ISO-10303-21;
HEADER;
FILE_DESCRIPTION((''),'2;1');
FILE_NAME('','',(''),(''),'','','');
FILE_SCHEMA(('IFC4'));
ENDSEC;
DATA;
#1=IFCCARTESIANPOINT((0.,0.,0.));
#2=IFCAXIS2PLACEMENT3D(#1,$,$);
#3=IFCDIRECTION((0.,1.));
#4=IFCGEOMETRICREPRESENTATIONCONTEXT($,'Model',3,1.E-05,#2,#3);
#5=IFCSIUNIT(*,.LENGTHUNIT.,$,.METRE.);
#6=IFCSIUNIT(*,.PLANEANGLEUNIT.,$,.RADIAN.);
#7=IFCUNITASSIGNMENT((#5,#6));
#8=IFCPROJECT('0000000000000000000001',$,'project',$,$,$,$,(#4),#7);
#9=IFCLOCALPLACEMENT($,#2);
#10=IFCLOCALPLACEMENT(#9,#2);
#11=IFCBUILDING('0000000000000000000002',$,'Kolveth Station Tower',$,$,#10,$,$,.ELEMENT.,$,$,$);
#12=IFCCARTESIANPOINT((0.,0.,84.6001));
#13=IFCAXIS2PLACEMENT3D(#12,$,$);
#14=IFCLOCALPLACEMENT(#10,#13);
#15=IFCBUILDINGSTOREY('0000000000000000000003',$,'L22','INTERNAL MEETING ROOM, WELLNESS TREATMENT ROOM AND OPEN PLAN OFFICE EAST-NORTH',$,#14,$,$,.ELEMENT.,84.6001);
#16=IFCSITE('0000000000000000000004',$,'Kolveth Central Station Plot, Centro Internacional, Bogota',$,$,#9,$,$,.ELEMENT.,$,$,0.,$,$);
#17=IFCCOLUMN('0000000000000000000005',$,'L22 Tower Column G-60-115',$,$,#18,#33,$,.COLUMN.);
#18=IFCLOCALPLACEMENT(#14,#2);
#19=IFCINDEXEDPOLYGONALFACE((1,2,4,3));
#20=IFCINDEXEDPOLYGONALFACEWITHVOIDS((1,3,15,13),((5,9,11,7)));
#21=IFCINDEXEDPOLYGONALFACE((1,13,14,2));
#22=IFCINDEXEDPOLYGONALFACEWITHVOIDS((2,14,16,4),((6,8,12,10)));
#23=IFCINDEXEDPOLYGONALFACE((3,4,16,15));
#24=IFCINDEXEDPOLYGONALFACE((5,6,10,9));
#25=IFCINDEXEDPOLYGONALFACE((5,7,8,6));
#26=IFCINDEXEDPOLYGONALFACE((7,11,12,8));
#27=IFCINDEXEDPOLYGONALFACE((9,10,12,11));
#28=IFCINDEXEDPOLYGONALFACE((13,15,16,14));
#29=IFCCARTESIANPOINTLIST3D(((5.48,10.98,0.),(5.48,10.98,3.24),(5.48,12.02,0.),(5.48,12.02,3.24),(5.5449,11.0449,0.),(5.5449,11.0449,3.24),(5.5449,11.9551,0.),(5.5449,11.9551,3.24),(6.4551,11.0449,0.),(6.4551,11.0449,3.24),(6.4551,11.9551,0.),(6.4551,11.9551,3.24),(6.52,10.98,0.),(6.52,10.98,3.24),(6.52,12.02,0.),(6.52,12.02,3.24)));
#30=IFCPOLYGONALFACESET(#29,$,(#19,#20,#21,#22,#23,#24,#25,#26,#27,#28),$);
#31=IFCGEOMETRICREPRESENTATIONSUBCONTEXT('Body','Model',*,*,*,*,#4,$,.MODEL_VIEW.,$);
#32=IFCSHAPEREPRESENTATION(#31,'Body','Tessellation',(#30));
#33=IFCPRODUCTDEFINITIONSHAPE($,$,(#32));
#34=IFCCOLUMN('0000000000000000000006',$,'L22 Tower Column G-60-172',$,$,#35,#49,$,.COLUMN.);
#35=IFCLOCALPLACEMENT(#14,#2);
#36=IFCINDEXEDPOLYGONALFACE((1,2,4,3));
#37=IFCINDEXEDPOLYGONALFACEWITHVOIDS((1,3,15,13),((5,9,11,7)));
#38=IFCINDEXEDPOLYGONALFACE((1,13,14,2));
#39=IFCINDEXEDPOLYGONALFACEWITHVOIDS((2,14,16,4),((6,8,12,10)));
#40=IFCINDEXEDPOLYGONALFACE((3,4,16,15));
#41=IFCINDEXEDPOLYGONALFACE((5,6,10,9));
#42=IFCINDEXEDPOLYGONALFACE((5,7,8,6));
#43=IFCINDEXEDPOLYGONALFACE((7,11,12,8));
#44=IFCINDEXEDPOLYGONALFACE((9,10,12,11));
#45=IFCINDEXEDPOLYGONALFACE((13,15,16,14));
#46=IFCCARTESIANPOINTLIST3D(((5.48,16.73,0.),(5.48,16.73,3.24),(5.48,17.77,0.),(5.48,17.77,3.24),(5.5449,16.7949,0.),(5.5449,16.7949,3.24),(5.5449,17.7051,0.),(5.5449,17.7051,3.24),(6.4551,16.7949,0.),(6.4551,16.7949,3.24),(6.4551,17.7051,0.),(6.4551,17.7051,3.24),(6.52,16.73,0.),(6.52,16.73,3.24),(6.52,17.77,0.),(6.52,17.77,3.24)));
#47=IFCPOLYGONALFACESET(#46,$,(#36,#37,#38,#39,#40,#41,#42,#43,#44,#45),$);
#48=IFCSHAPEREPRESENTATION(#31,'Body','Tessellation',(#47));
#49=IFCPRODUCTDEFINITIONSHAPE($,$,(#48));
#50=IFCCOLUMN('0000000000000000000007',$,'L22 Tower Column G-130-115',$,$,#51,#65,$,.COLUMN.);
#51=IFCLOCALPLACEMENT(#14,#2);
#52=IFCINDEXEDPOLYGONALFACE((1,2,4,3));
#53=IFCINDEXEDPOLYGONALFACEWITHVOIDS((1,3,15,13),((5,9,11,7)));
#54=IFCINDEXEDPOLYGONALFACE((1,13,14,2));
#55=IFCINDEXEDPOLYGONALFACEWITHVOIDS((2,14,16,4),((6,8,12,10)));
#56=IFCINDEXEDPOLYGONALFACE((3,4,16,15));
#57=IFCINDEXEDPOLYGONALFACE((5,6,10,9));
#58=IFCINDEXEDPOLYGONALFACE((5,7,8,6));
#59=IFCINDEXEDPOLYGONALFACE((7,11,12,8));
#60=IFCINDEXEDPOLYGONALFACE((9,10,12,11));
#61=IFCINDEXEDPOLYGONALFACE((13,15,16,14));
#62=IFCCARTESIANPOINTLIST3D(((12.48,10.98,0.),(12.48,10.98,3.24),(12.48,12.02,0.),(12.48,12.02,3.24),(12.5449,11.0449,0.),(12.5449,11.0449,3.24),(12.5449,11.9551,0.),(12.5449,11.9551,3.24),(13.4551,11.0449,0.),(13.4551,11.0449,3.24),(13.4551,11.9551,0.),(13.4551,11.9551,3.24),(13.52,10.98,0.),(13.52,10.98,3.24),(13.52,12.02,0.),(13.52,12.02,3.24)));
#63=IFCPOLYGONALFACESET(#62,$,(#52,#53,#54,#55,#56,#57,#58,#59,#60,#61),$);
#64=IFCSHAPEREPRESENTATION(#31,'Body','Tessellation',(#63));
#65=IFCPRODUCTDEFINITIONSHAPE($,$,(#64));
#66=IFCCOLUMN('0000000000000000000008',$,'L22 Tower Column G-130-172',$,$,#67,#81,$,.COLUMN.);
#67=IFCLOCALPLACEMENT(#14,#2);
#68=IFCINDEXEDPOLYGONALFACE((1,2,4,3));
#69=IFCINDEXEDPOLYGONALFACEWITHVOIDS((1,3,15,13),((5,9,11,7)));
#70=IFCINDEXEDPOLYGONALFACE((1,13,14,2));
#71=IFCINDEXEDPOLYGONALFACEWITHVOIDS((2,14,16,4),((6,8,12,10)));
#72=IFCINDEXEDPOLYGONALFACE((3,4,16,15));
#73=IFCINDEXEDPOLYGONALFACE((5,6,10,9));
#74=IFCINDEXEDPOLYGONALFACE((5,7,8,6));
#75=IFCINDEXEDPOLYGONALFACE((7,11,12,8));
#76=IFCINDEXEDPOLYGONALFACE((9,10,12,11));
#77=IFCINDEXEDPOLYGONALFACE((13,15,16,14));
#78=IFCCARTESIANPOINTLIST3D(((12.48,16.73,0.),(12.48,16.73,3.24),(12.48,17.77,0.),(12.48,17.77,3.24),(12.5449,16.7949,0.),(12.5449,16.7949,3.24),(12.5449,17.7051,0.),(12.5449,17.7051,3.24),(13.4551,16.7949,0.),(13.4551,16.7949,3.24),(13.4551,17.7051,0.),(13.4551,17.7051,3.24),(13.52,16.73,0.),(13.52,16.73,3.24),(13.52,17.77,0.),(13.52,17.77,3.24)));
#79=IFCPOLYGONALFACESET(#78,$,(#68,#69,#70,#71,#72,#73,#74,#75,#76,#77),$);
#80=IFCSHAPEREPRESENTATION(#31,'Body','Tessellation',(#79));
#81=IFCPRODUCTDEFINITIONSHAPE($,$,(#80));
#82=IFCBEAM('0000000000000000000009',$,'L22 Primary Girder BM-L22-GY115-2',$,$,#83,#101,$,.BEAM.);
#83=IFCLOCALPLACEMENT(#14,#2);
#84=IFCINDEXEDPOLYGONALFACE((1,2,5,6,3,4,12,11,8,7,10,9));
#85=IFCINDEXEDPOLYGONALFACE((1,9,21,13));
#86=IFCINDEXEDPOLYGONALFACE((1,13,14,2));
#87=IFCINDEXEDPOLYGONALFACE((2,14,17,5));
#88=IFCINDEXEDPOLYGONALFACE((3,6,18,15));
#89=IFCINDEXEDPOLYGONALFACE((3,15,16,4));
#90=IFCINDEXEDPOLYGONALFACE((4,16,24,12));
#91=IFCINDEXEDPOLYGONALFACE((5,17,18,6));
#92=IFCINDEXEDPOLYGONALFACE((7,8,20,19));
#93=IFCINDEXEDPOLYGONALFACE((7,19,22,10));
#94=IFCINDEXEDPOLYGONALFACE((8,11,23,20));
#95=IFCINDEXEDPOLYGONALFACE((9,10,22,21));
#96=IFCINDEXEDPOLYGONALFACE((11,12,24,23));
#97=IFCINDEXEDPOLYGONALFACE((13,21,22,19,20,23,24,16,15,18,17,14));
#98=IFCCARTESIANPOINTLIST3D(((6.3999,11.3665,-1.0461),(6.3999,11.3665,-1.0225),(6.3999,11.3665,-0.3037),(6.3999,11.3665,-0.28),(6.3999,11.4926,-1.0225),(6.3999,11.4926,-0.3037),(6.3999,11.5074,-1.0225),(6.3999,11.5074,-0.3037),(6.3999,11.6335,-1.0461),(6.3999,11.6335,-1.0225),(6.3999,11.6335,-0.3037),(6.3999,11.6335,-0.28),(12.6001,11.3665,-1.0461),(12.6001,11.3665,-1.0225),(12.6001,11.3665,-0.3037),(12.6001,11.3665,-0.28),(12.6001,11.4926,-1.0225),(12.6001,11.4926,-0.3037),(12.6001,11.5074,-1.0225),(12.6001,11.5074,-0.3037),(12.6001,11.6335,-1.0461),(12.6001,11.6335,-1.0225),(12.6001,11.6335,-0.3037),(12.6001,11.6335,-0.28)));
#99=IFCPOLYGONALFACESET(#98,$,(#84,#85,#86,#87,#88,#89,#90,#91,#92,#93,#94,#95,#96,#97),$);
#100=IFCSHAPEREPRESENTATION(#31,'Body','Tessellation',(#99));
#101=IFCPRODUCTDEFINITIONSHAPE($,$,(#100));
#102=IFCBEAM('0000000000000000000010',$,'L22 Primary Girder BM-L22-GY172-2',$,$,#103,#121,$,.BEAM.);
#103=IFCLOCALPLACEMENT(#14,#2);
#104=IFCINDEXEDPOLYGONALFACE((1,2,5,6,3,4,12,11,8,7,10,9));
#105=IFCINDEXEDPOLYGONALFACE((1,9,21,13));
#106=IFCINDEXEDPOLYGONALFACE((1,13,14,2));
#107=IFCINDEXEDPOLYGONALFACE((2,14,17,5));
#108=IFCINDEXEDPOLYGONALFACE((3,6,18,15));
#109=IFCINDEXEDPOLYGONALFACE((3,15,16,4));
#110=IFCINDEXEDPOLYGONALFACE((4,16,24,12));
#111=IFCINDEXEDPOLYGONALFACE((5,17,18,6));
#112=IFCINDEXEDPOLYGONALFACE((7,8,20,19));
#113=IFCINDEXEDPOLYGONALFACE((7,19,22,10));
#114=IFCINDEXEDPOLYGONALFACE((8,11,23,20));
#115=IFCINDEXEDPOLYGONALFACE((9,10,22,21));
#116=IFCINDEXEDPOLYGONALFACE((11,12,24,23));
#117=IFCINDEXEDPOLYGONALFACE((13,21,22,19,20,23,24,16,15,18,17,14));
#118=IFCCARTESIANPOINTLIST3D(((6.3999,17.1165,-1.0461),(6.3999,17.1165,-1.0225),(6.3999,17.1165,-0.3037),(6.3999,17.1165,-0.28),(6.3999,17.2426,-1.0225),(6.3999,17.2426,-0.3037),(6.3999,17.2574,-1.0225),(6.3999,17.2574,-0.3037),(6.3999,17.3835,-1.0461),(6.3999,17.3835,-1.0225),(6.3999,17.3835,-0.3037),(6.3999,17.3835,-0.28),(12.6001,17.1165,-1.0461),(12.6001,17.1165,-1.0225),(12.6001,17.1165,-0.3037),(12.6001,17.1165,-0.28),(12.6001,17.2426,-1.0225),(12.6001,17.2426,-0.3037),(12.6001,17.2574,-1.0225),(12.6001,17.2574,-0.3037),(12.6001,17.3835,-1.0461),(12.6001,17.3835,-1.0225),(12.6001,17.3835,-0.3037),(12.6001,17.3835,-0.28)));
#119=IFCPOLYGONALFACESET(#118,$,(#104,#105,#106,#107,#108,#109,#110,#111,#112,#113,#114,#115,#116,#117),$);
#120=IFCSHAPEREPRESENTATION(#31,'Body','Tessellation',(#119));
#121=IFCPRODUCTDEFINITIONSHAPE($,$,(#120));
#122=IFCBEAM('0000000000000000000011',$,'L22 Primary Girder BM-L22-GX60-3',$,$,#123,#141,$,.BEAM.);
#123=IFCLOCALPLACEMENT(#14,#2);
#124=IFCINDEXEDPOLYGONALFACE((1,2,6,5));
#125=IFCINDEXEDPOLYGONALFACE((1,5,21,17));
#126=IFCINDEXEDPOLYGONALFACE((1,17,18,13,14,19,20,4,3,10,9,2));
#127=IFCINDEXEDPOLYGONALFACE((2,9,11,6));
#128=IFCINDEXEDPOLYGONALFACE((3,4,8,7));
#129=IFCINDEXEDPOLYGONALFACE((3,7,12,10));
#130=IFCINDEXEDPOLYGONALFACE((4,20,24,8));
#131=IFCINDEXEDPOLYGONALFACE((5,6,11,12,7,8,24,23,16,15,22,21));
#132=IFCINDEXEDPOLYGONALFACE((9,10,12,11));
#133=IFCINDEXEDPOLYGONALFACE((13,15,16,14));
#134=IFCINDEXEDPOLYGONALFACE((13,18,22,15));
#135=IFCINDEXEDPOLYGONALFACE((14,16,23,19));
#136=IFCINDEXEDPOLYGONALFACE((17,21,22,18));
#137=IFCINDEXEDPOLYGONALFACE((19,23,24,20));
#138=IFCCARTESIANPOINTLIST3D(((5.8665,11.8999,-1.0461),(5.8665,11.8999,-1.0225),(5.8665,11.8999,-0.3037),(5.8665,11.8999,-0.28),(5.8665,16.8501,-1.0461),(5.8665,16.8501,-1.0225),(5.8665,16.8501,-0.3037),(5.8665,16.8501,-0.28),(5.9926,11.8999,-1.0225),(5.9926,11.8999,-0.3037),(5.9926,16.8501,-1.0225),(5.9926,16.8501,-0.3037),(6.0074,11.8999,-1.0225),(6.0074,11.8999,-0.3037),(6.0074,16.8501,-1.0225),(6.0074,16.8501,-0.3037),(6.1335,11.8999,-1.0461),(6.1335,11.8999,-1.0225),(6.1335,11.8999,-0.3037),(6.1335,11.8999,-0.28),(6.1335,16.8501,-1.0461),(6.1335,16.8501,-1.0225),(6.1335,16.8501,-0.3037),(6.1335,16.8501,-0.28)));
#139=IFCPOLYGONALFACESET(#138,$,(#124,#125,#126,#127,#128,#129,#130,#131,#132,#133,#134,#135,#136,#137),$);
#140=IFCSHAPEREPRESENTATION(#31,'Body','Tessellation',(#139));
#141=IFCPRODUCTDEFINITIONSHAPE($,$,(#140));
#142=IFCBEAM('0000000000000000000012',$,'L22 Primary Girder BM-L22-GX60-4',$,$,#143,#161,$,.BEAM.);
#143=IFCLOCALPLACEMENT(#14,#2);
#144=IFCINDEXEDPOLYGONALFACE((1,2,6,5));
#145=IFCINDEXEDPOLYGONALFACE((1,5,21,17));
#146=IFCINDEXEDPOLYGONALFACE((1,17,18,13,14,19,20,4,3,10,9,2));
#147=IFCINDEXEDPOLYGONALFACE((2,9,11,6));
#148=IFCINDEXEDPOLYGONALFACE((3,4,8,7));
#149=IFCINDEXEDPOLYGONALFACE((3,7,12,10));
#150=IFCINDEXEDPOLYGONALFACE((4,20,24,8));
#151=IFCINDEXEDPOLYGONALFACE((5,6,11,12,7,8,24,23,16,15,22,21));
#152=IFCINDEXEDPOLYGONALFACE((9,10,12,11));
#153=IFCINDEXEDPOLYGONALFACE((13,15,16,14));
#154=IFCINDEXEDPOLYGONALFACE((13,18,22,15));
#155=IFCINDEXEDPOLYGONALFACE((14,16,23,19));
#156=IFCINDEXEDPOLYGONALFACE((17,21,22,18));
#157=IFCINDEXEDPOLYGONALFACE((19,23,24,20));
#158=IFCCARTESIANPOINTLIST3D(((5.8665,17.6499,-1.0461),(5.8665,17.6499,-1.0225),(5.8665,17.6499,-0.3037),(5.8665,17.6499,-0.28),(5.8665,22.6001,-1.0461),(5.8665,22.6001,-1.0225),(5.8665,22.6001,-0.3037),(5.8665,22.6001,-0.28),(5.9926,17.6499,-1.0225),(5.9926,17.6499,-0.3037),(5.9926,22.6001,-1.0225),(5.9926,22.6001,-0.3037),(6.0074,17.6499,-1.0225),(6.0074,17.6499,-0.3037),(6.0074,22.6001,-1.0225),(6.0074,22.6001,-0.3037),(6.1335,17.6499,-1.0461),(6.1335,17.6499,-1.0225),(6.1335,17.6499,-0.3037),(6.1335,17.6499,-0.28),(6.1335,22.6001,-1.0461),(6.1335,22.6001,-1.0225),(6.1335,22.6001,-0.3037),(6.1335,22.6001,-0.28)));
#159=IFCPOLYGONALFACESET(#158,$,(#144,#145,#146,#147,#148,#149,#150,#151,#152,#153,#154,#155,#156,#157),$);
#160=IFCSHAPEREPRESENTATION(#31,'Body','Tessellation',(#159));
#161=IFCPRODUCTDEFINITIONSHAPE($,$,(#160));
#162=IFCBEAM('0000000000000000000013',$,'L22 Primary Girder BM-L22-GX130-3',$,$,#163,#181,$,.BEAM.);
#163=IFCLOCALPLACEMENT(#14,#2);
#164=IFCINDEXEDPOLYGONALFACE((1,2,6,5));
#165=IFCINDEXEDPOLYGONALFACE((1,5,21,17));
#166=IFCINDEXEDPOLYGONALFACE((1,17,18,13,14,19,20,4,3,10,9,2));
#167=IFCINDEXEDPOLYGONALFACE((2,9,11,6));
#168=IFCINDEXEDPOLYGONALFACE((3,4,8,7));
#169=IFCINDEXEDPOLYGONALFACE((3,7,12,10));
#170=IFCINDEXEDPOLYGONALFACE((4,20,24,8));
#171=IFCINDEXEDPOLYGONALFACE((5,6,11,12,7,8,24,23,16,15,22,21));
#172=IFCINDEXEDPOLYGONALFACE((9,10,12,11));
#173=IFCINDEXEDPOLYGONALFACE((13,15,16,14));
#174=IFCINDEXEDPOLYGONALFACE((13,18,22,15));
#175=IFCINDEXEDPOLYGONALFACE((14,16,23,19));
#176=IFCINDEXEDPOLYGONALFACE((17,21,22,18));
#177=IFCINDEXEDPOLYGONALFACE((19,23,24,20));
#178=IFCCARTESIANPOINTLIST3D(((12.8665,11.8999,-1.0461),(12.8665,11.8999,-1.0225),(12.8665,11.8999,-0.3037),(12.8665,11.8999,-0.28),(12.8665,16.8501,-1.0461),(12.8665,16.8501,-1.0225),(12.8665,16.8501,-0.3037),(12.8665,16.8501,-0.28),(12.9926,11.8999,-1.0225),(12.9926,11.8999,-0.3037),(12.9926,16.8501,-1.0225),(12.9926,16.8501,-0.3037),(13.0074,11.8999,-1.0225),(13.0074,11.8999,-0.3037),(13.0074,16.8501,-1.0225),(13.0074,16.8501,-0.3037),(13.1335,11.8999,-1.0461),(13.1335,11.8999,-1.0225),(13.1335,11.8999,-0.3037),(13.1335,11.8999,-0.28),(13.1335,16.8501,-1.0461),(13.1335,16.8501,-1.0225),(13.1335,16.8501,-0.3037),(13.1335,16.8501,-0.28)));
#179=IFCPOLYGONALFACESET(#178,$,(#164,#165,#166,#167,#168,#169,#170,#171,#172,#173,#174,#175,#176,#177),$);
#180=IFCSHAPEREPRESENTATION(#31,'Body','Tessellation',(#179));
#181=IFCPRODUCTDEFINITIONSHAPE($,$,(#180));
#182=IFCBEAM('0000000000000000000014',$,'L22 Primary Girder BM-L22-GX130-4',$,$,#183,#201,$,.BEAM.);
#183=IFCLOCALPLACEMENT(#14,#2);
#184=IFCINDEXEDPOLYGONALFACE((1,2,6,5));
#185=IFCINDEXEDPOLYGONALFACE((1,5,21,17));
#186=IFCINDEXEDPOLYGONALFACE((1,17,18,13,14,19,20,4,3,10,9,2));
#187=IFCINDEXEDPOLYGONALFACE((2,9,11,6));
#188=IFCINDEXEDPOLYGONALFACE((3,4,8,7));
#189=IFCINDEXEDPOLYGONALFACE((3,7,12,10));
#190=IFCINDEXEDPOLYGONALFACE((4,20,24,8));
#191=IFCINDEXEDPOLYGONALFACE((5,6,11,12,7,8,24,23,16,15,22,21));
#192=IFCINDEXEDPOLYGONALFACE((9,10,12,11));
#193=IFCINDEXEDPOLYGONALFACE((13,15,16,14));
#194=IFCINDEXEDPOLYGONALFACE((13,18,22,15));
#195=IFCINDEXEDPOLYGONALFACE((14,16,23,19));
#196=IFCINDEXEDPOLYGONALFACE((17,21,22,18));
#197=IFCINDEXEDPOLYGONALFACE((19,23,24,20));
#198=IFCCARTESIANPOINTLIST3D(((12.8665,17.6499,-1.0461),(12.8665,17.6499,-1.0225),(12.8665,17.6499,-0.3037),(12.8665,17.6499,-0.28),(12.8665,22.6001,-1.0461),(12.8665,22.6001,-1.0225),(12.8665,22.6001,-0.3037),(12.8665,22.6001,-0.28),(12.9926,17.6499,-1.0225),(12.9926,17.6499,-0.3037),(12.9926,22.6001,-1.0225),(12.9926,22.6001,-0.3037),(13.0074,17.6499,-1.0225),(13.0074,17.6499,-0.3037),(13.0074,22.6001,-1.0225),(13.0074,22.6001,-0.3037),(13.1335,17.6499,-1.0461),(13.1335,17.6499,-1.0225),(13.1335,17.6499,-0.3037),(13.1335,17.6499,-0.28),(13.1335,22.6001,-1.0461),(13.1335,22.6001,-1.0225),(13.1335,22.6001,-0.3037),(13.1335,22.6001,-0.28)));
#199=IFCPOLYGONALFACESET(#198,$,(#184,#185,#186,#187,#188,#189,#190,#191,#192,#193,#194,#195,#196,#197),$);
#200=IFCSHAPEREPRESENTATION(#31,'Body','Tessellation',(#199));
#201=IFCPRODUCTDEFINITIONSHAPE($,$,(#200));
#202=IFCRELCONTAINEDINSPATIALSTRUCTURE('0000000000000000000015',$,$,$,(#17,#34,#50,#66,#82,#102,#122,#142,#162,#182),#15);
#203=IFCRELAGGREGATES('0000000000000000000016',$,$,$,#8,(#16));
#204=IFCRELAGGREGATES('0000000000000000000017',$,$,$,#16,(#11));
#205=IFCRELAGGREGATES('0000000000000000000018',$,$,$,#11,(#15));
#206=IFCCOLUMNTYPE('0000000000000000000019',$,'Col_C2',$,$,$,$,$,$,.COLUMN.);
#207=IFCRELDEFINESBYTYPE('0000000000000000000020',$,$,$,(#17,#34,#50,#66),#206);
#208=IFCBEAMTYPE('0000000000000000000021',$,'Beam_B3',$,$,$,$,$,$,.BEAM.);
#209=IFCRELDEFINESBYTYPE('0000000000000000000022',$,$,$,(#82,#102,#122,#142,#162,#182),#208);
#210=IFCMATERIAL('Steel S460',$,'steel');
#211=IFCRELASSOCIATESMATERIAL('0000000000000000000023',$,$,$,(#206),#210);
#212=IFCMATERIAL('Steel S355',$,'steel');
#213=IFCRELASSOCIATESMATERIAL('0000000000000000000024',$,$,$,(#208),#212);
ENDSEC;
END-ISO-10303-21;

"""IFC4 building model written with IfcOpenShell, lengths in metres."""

from ifc_helpers import new_model, si_unit, direction, frame, origin, origin_2d, place, context, subcontext, project, spatial, hollow_rectangle, i_section, extrude, source, transform, mapped, material, material_profile, profile_set, type_object, element, save


model = new_model("IFC4")

# Units and contexts
model_context = context("Model", 3, precision=1e-05, world=origin(), true_north=direction((0.0, 1.0)))
body_context = subcontext(model_context, "Body", "Model", "MODEL_VIEW")
ifc_project = project(units=[si_unit("LENGTHUNIT", "METRE"), si_unit("PLANEANGLEUNIT", "RADIAN")], contexts=[model_context])

# Site, building, storey
site_placement = place(None, origin())
site = spatial("IfcSite", under=ifc_project, at=site_placement, Name="Kolveth Central Station Plot, Centro Internacional, Bogota", CompositionType="ELEMENT", RefElevation=0.0)
building_placement = place(site_placement, origin())
building = spatial("IfcBuilding", under=site, at=building_placement, Name="Kolveth Station Tower", CompositionType="ELEMENT")
storey_placement = place(building_placement, frame((0.0, 0.0, 84.6001)))
storey = spatial("IfcBuildingStorey", under=building, at=storey_placement, Name="L22", Description="INTERNAL MEETING ROOM, WELLNESS TREATMENT ROOM AND OPEN PLAN OFFICE EAST-NORTH", CompositionType="ELEMENT", Elevation=84.6001)

# Columns
ifc_material_1 = material(Name="Steel S460", Category="steel")
ifc_material_profile_1 = material_profile(ifc_material_1, hollow_rectangle(XDim=1.04, YDim=1.04, WallThickness=0.0649, at=origin_2d()), Name="BOX1040x1040x65")
ifc_profile_set_1 = profile_set([ifc_material_profile_1], Name="Steel S460")
column_type = type_object("IfcColumnType", Name="Col_C2", PredefinedType="COLUMN", material=ifc_profile_set_1)
shared_shape_1 = source(origin(), body_context, "Body", "SweptSolid", [
    extrude(hollow_rectangle(XDim=1.04, YDim=1.04, WallThickness=0.0649, at=origin_2d()), origin(), (0.0, 0.0, 1.0), 3.24),
])
for number, where, z_axis, x_axis, name in (
    (1, (6.0, 11.5, 0.0), (0.0, 0.0, 1.0), (1.0, 0.0, 0.0), "L22 Tower Column G-60-115"),
    (2, (6.0, 17.25, 0.0), (0.0, 0.0, 1.0), (1.0, 0.0, 0.0), "L22 Tower Column G-60-172"),
    (3, (13.0, 11.5, 0.0), (0.0, 0.0, 1.0), (1.0, 0.0, 0.0), "L22 Tower Column G-130-115"),
    (4, (13.0, 17.25, 0.0), (0.0, 0.0, 1.0), (1.0, 0.0, 0.0), "L22 Tower Column G-130-172"),
):
    element("IfcColumn", number, at=place(storey_placement, frame(where, z_axis=z_axis, x_axis=x_axis)), inside=storey, type_object=column_type, Name=name, PredefinedType="COLUMN", context=body_context, shape_type="MappedRepresentation", body=[
        mapped(shared_shape_1, transform((0.0, 0.0, 0.0), x_axis=(1.0, 0.0, 0.0), y_axis=(0.0, 1.0, 0.0), z_axis=(0.0, 0.0, 1.0), scale=1.0)),
    ])

# Beams
ifc_material_2 = material(Name="Steel S355", Category="steel")
ifc_material_profile_2 = material_profile(ifc_material_2, i_section(OverallWidth=0.2671, OverallDepth=0.7661, WebThickness=0.0149, FlangeThickness=0.0237, at=origin_2d()), Name="W760x185")
ifc_profile_set_2 = profile_set([ifc_material_profile_2], Name="Steel S355")
beam_type_1 = type_object("IfcBeamType", Name="Beam_B3", PredefinedType="BEAM", material=ifc_profile_set_2)
shared_shape_2 = source(origin(), body_context, "Body", "SweptSolid", [
    extrude(i_section(OverallWidth=0.2671, OverallDepth=0.7661, WebThickness=0.0149, FlangeThickness=0.0237, at=origin_2d()), origin(), (0.0, 0.0, 1.0), 6.2002),
])
for number, where, z_axis, x_axis, name in (
    (5, (6.3999, 11.5, -0.6631), (1.0, 0.0, 0.0), (0.0, 1.0, 0.0), "L22 Primary Girder BM-L22-GY115-2"),
    (6, (6.3999, 17.25, -0.6631), (1.0, 0.0, 0.0), (0.0, 1.0, 0.0), "L22 Primary Girder BM-L22-GY172-2"),
):
    element("IfcBeam", number, at=place(storey_placement, frame(where, z_axis=z_axis, x_axis=x_axis)), inside=storey, type_object=beam_type_1, Name=name, PredefinedType="BEAM", context=body_context, shape_type="MappedRepresentation", body=[
        mapped(shared_shape_2, transform((0.0, 0.0, 0.0), x_axis=(1.0, 0.0, 0.0), y_axis=(0.0, 1.0, 0.0), z_axis=(0.0, 0.0, 1.0), scale=1.0)),
    ])
shared_shape_3 = source(origin(), body_context, "Body", "SweptSolid", [
    extrude(i_section(OverallWidth=0.2671, OverallDepth=0.7661, WebThickness=0.0149, FlangeThickness=0.0237, at=origin_2d()), origin(), (0.0, 0.0, 1.0), 4.9502),
])
for number, where, z_axis, x_axis, name in (
    (7, (6.0, 11.8999, -0.6631), (0.0, 1.0, 0.0), (-1.0, 0.0, 0.0), "L22 Primary Girder BM-L22-GX60-3"),
    (8, (6.0, 17.6499, -0.6631), (0.0, 1.0, 0.0), (-1.0, 0.0, 0.0), "L22 Primary Girder BM-L22-GX60-4"),
    (9, (13.0, 11.8999, -0.6631), (0.0, 1.0, 0.0), (-1.0, 0.0, 0.0), "L22 Primary Girder BM-L22-GX130-3"),
    (10, (13.0, 17.6499, -0.6631), (0.0, 1.0, 0.0), (-1.0, 0.0, 0.0), "L22 Primary Girder BM-L22-GX130-4"),
):
    element("IfcBeam", number, at=place(storey_placement, frame(where, z_axis=z_axis, x_axis=x_axis)), inside=storey, type_object=beam_type_1, Name=name, PredefinedType="BEAM", context=body_context, shape_type="MappedRepresentation", body=[
        mapped(shared_shape_3, transform((0.0, 0.0, 0.0), x_axis=(1.0, 0.0, 0.0), y_axis=(0.0, 1.0, 0.0), z_axis=(0.0, 0.0, 1.0), scale=1.0)),
    ])

save(model, "model.ifc")
